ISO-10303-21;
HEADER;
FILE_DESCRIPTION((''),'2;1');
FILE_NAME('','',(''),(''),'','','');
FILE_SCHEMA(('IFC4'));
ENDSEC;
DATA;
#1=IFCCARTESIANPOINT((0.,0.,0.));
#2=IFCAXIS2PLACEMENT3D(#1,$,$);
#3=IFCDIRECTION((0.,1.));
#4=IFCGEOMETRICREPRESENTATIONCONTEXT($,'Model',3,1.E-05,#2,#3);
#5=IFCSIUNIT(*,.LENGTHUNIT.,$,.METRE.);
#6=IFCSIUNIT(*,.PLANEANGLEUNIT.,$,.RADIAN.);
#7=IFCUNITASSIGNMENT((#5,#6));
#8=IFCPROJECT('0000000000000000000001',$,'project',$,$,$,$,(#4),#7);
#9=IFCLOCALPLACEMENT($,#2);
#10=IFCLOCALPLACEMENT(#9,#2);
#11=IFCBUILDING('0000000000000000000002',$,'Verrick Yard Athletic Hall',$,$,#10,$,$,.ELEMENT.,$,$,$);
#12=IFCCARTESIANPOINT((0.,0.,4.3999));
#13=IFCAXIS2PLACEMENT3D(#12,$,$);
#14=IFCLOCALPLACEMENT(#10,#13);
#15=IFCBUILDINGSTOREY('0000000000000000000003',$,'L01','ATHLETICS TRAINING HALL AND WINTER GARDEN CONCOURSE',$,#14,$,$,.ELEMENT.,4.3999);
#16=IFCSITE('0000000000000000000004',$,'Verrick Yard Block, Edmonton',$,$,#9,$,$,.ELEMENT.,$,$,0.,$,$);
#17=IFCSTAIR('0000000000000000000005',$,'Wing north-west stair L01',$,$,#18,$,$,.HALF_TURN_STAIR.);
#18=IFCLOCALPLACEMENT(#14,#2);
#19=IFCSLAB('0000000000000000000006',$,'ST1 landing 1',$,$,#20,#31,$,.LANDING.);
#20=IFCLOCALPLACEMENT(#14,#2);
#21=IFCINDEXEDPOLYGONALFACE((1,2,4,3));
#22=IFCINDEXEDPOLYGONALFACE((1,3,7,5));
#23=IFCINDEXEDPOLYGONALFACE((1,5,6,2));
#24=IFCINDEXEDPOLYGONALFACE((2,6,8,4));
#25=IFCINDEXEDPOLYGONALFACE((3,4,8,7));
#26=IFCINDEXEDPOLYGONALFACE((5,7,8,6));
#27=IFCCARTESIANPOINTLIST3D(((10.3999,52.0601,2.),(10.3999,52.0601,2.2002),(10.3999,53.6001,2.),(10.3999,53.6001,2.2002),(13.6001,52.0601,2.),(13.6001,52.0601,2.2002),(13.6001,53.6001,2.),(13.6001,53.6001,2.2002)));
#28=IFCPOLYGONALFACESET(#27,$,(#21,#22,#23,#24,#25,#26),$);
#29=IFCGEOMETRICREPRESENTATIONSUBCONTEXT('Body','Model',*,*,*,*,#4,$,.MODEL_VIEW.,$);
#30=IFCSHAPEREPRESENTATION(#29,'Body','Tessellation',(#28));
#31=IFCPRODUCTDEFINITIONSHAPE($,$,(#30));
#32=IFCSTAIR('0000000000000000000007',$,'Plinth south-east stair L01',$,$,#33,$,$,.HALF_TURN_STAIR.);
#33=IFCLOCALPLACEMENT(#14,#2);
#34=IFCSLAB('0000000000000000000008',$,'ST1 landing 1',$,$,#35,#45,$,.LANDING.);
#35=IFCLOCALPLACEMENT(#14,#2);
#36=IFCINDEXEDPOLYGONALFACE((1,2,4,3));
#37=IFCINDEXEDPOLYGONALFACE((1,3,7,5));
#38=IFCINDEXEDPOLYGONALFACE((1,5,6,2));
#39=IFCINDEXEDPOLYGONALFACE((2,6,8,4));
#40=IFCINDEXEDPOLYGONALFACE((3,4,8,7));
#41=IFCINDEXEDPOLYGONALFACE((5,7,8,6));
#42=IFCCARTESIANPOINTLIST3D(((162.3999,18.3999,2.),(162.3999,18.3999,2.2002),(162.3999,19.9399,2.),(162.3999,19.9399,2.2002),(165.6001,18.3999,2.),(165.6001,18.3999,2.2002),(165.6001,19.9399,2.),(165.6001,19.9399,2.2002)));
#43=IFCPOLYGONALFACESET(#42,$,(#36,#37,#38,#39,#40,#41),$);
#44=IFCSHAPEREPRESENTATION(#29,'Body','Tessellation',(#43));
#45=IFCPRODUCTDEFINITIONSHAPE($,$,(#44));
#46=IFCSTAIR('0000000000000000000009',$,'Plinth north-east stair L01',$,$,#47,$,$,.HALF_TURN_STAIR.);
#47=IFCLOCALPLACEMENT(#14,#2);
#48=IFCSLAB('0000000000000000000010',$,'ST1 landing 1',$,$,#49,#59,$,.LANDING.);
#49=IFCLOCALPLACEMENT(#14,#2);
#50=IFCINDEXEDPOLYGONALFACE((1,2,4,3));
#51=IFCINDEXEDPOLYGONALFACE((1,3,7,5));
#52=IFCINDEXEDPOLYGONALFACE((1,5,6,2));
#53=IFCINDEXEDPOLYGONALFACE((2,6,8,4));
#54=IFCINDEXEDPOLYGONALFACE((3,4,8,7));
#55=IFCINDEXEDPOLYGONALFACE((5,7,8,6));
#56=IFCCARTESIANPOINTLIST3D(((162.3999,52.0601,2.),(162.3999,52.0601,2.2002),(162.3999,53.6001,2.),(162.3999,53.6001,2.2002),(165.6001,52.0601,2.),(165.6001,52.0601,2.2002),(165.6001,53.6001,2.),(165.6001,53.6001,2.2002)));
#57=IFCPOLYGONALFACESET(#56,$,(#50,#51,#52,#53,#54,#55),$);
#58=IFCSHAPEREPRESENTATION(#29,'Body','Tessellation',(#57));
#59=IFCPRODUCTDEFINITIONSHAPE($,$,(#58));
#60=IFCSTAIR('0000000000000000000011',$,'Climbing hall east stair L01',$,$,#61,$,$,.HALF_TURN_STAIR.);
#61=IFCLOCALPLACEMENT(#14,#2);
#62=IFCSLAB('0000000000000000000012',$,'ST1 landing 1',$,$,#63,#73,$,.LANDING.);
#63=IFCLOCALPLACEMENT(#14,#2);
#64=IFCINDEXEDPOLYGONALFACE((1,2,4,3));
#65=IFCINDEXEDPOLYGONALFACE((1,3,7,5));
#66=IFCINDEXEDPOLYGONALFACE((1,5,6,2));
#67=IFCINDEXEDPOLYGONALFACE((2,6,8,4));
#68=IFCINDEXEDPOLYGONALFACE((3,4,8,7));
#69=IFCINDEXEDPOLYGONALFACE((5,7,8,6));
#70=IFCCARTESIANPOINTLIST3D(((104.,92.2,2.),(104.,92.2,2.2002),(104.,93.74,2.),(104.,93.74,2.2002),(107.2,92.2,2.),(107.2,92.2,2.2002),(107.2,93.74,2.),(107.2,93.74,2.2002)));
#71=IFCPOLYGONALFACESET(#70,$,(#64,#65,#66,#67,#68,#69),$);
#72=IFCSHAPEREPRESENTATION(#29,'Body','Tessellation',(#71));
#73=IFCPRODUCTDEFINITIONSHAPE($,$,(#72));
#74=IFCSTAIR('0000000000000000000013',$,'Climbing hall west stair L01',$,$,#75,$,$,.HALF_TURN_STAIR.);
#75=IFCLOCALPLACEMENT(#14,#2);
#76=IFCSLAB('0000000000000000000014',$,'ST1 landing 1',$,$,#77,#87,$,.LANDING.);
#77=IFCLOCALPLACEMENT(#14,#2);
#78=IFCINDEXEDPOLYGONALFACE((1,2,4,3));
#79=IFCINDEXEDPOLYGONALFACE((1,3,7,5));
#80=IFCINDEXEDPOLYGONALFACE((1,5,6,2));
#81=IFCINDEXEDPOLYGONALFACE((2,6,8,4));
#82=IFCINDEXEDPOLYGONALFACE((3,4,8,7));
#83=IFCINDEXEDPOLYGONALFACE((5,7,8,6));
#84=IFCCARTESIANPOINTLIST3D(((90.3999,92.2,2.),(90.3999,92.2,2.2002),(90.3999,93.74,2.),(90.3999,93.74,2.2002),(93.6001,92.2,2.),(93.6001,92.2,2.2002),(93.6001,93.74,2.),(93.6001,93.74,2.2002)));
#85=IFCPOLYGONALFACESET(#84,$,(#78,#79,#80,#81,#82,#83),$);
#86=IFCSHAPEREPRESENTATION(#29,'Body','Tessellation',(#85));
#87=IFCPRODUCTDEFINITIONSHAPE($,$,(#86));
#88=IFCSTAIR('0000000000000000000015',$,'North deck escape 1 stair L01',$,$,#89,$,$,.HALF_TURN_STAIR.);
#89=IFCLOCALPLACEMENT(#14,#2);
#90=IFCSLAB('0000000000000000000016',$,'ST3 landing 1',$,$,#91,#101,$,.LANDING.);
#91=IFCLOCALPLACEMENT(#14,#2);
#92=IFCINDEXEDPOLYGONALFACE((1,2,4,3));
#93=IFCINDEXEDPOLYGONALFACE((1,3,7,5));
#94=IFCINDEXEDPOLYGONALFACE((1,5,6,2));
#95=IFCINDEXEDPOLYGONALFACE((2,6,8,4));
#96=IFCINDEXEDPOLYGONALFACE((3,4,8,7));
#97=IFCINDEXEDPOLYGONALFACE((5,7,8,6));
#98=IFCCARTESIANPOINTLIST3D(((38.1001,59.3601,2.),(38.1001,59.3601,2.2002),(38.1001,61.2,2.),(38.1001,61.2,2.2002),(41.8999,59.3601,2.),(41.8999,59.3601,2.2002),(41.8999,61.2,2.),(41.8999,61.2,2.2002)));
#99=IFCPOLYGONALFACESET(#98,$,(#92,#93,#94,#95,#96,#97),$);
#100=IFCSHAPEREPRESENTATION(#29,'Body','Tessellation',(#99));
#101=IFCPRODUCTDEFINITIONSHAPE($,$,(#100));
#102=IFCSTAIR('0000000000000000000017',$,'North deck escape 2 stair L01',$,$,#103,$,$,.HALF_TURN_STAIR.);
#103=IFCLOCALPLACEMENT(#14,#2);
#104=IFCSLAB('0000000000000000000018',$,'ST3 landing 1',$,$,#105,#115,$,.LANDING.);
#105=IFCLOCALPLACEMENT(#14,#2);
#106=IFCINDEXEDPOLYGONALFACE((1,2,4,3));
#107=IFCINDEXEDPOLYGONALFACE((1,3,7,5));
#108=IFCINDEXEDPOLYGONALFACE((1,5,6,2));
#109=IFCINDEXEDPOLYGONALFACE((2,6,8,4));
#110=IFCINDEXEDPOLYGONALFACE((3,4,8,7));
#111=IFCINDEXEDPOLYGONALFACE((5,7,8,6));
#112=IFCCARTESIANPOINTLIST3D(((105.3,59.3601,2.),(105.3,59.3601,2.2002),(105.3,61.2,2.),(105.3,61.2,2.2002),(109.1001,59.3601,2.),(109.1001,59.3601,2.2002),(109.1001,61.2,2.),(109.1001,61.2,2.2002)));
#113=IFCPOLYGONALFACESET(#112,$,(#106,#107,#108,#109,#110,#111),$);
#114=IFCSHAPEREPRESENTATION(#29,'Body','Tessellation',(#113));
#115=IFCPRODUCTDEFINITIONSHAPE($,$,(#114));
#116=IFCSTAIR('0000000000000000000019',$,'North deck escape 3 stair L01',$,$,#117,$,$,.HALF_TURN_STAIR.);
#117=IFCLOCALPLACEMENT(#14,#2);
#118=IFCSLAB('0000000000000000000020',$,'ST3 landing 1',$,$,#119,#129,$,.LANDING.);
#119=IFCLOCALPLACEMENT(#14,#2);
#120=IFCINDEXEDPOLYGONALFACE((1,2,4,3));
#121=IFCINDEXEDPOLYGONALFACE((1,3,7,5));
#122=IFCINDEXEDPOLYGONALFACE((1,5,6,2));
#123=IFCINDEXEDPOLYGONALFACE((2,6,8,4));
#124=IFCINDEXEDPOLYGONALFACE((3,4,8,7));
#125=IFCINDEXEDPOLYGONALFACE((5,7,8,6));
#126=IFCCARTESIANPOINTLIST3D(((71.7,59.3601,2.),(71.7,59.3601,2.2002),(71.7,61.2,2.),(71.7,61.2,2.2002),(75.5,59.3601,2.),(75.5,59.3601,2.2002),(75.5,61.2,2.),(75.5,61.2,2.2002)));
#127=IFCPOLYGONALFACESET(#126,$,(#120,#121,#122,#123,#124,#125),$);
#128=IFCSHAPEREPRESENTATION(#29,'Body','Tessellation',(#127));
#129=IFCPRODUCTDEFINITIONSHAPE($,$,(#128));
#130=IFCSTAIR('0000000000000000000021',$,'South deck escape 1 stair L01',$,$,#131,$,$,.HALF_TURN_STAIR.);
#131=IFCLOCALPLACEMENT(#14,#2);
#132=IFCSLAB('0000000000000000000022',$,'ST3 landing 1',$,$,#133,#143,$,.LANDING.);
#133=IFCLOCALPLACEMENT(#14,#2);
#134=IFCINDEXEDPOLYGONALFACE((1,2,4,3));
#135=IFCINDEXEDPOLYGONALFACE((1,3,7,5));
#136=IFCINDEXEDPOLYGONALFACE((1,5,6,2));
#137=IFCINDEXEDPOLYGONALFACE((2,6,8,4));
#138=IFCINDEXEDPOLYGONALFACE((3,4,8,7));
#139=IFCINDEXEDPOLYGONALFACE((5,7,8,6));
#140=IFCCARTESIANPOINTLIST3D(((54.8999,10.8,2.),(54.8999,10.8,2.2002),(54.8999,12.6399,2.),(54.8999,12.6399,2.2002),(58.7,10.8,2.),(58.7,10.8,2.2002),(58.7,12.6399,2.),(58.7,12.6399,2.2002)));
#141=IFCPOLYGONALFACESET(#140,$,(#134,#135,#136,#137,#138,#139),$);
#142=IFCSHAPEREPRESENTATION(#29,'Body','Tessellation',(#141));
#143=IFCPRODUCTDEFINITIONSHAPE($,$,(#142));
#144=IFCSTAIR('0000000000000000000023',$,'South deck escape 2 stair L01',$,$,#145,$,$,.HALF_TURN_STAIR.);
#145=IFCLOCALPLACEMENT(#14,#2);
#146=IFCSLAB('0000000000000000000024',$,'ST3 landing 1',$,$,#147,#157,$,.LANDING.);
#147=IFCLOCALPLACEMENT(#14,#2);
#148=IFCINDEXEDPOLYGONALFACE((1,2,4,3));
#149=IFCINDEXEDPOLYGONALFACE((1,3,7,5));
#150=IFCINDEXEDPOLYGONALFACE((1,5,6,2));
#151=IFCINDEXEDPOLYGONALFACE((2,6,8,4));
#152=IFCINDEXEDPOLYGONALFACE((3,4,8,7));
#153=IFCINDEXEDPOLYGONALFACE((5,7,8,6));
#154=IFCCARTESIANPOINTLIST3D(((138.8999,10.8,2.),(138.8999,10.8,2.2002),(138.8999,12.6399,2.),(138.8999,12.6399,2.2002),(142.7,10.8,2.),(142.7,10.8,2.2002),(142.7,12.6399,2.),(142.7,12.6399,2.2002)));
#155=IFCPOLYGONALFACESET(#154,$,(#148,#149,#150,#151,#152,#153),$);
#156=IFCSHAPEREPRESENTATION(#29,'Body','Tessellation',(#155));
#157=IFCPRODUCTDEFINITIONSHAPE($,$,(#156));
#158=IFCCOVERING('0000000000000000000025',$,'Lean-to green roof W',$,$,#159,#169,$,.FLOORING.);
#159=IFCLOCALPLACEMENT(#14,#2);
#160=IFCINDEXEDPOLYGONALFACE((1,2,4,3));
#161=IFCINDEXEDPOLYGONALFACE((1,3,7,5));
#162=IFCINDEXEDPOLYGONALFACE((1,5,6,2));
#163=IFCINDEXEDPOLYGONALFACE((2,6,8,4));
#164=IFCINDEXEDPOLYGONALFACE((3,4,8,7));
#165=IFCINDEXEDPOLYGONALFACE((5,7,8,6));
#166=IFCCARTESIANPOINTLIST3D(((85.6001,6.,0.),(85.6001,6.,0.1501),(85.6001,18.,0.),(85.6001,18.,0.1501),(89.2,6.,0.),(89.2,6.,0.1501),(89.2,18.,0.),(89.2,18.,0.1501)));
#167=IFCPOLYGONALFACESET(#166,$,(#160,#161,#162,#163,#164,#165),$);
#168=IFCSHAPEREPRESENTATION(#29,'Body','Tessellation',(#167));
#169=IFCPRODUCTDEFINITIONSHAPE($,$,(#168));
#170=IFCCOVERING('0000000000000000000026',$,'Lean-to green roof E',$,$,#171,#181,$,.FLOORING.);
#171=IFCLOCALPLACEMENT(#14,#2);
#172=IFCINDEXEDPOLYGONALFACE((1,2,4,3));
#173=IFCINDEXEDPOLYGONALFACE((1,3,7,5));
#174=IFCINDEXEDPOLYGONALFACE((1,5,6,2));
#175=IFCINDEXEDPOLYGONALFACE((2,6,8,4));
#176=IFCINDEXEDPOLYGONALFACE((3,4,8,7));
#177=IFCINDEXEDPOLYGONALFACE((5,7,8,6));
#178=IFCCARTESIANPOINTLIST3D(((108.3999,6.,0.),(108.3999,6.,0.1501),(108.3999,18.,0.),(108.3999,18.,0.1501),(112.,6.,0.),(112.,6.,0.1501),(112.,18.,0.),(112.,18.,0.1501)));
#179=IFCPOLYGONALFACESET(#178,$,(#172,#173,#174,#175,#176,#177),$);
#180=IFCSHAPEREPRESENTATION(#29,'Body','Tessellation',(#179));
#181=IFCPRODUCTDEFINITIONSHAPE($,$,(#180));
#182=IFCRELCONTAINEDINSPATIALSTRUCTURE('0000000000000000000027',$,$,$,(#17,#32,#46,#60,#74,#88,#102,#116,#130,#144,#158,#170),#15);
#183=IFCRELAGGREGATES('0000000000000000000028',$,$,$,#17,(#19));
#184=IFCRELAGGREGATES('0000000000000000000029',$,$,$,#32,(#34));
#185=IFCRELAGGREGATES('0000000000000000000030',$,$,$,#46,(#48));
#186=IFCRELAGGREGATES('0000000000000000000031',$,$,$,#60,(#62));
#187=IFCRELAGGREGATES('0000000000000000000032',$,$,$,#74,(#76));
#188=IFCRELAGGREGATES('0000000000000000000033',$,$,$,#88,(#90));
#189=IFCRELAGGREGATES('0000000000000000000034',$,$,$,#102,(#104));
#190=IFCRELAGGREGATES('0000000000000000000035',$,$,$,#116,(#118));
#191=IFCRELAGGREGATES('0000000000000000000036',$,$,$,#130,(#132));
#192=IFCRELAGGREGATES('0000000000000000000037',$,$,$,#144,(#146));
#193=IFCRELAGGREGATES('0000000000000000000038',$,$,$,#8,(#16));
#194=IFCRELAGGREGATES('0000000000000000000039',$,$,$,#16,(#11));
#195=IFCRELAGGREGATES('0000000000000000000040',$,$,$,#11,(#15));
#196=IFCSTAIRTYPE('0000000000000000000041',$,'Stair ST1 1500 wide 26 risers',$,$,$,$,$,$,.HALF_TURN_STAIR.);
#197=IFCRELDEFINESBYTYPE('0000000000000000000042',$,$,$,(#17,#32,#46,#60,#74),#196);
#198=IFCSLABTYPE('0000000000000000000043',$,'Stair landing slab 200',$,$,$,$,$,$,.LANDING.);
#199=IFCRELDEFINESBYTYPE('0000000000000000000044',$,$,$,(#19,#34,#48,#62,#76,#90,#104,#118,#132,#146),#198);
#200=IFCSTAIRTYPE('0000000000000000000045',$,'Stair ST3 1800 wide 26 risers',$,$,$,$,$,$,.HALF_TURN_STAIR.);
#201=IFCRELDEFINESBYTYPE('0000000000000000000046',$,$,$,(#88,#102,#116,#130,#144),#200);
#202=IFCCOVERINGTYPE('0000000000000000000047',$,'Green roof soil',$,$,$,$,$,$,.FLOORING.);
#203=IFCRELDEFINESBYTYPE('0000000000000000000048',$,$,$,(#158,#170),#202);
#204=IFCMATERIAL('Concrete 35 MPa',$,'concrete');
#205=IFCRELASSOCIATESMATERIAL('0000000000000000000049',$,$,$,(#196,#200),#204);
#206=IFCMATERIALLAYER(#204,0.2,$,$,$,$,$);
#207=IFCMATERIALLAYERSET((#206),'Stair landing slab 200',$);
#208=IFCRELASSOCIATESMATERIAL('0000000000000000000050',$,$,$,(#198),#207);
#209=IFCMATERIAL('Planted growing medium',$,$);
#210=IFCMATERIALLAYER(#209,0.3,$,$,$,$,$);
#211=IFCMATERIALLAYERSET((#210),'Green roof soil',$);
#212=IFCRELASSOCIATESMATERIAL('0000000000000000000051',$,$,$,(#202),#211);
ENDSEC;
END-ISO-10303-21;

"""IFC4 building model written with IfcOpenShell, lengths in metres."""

from ifc_helpers import new_model, si_unit, direction, frame, origin, place, context, subcontext, project, spatial, polyline, outline, extrude, material, layer, layer_set, type_object, element, aggregate, save


model = new_model("IFC4")

# Units and contexts
model_context = context("Model", 3, precision=1e-05, world=origin(), true_north=direction((0.0, 1.0)))
body_context = subcontext(model_context, "Body", "Model", "MODEL_VIEW")
ifc_project = project(units=[si_unit("LENGTHUNIT", "METRE"), si_unit("PLANEANGLEUNIT", "RADIAN")], contexts=[model_context])

# Site, building, storey
site_placement = place(None, origin())
site = spatial("IfcSite", under=ifc_project, at=site_placement, Name="Verrick Yard Block, Edmonton", CompositionType="ELEMENT", RefElevation=0.0)
building_placement = place(site_placement, origin())
building = spatial("IfcBuilding", under=site, at=building_placement, Name="Verrick Yard Athletic Hall", CompositionType="ELEMENT")
storey_placement = place(building_placement, frame((0.0, 0.0, 4.3999)))
storey = spatial("IfcBuildingStorey", under=building, at=storey_placement, Name="L01", Description="ATHLETICS TRAINING HALL AND WINTER GARDEN CONCOURSE", CompositionType="ELEMENT", Elevation=4.3999)

# Shared definitions
ifc_material_1 = material(Name="Concrete 35 MPa", Category="concrete")

# Stairs, slabs
stair_type_1 = type_object("IfcStairType", Name="Stair ST1 1500 wide 26 risers", PredefinedType="HALF_TURN_STAIR", material=ifc_material_1)
ifc_layer_1 = layer(ifc_material_1, 0.2)
ifc_layer_set_1 = layer_set([ifc_layer_1], Name="Stair landing slab 200")
slab_type_1 = type_object("IfcSlabType", Name="Stair landing slab 200", PredefinedType="LANDING", material=ifc_layer_set_1)
stair_1_placement = place(storey_placement, origin())
stair_1 = element("IfcStair", 1, at=stair_1_placement, inside=storey, type_object=stair_type_1, Name="Wing north-west stair L01", PredefinedType="HALF_TURN_STAIR")
slab_1_placement = place(storey_placement, frame((0.0, 0.0, 2.0)))
slab_1 = element("IfcSlab", 2, at=slab_1_placement, type_object=slab_type_1, Name="ST1 landing 1", PredefinedType="LANDING", context=body_context, shape_type="SweptSolid", body=[
    extrude(outline(polyline([(13.6001, 52.0601), (13.6001, 53.6001), (10.3999, 53.6001), (10.3999, 52.0601), (13.6001, 52.0601)])), origin(), (0.0, 0.0, 1.0), 0.2002),
])
aggregate(stair_1, [slab_1])
stair_2_placement = place(storey_placement, origin())
stair_2 = element("IfcStair", 3, at=stair_2_placement, inside=storey, type_object=stair_type_1, Name="Plinth south-east stair L01", PredefinedType="HALF_TURN_STAIR")
slab_2_placement = place(storey_placement, frame((0.0, 0.0, 2.0)))
slab_2 = element("IfcSlab", 4, at=slab_2_placement, type_object=slab_type_1, Name="ST1 landing 1", PredefinedType="LANDING", context=body_context, shape_type="SweptSolid", body=[
    extrude(outline(polyline([(162.3999, 19.9399), (162.3999, 18.3999), (165.6001, 18.3999), (165.6001, 19.9399), (162.3999, 19.9399)])), origin(), (0.0, 0.0, 1.0), 0.2002),
])
aggregate(stair_2, [slab_2])
stair_3_placement = place(storey_placement, origin())
stair_3 = element("IfcStair", 5, at=stair_3_placement, inside=storey, type_object=stair_type_1, Name="Plinth north-east stair L01", PredefinedType="HALF_TURN_STAIR")
slab_3_placement = place(storey_placement, frame((0.0, 0.0, 2.0)))
slab_3 = element("IfcSlab", 6, at=slab_3_placement, type_object=slab_type_1, Name="ST1 landing 1", PredefinedType="LANDING", context=body_context, shape_type="SweptSolid", body=[
    extrude(outline(polyline([(165.6001, 52.0601), (165.6001, 53.6001), (162.3999, 53.6001), (162.3999, 52.0601), (165.6001, 52.0601)])), origin(), (0.0, 0.0, 1.0), 0.2002),
])
aggregate(stair_3, [slab_3])
stair_4_placement = place(storey_placement, origin())
stair_4 = element("IfcStair", 7, at=stair_4_placement, inside=storey, type_object=stair_type_1, Name="Climbing hall east stair L01", PredefinedType="HALF_TURN_STAIR")
slab_4_placement = place(storey_placement, frame((0.0, 0.0, 2.0)))
slab_4 = element("IfcSlab", 8, at=slab_4_placement, type_object=slab_type_1, Name="ST1 landing 1", PredefinedType="LANDING", context=body_context, shape_type="SweptSolid", body=[
    extrude(outline(polyline([(104.0, 93.74), (104.0, 92.2), (107.2, 92.2), (107.2, 93.74), (104.0, 93.74)])), origin(), (0.0, 0.0, 1.0), 0.2002),
])
aggregate(stair_4, [slab_4])
stair_5_placement = place(storey_placement, origin())
stair_5 = element("IfcStair", 9, at=stair_5_placement, inside=storey, type_object=stair_type_1, Name="Climbing hall west stair L01", PredefinedType="HALF_TURN_STAIR")
slab_5_placement = place(storey_placement, frame((0.0, 0.0, 2.0)))
slab_5 = element("IfcSlab", 10, at=slab_5_placement, type_object=slab_type_1, Name="ST1 landing 1", PredefinedType="LANDING", context=body_context, shape_type="SweptSolid", body=[
    extrude(outline(polyline([(90.3999, 93.74), (90.3999, 92.2), (93.6001, 92.2), (93.6001, 93.74), (90.3999, 93.74)])), origin(), (0.0, 0.0, 1.0), 0.2002),
])
aggregate(stair_5, [slab_5])
stair_type_2 = type_object("IfcStairType", Name="Stair ST3 1800 wide 26 risers", PredefinedType="HALF_TURN_STAIR", material=ifc_material_1)
stair_6_placement = place(storey_placement, origin())
stair_6 = element("IfcStair", 11, at=stair_6_placement, inside=storey, type_object=stair_type_2, Name="North deck escape 1 stair L01", PredefinedType="HALF_TURN_STAIR")
slab_6_placement = place(storey_placement, frame((0.0, 0.0, 2.0)))
slab_6 = element("IfcSlab", 12, at=slab_6_placement, type_object=slab_type_1, Name="ST3 landing 1", PredefinedType="LANDING", context=body_context, shape_type="SweptSolid", body=[
    extrude(outline(polyline([(41.8999, 59.3601), (41.8999, 61.2), (38.1001, 61.2), (38.1001, 59.3601), (41.8999, 59.3601)])), origin(), (0.0, 0.0, 1.0), 0.2002),
])
aggregate(stair_6, [slab_6])
stair_7_placement = place(storey_placement, origin())
stair_7 = element("IfcStair", 13, at=stair_7_placement, inside=storey, type_object=stair_type_2, Name="North deck escape 2 stair L01", PredefinedType="HALF_TURN_STAIR")
slab_7_placement = place(storey_placement, frame((0.0, 0.0, 2.0)))
slab_7 = element("IfcSlab", 14, at=slab_7_placement, type_object=slab_type_1, Name="ST3 landing 1", PredefinedType="LANDING", context=body_context, shape_type="SweptSolid", body=[
    extrude(outline(polyline([(109.1001, 59.3601), (109.1001, 61.2), (105.3, 61.2), (105.3, 59.3601), (109.1001, 59.3601)])), origin(), (0.0, 0.0, 1.0), 0.2002),
])
aggregate(stair_7, [slab_7])
stair_8_placement = place(storey_placement, origin())
stair_8 = element("IfcStair", 15, at=stair_8_placement, inside=storey, type_object=stair_type_2, Name="North deck escape 3 stair L01", PredefinedType="HALF_TURN_STAIR")
slab_8_placement = place(storey_placement, frame((0.0, 0.0, 2.0)))
slab_8 = element("IfcSlab", 16, at=slab_8_placement, type_object=slab_type_1, Name="ST3 landing 1", PredefinedType="LANDING", context=body_context, shape_type="SweptSolid", body=[
    extrude(outline(polyline([(75.5, 59.3601), (75.5, 61.2), (71.7, 61.2), (71.7, 59.3601), (75.5, 59.3601)])), origin(), (0.0, 0.0, 1.0), 0.2002),
])
aggregate(stair_8, [slab_8])
stair_9_placement = place(storey_placement, origin())
stair_9 = element("IfcStair", 17, at=stair_9_placement, inside=storey, type_object=stair_type_2, Name="South deck escape 1 stair L01", PredefinedType="HALF_TURN_STAIR")
slab_9_placement = place(storey_placement, frame((0.0, 0.0, 2.0)))
slab_9 = element("IfcSlab", 18, at=slab_9_placement, type_object=slab_type_1, Name="ST3 landing 1", PredefinedType="LANDING", context=body_context, shape_type="SweptSolid", body=[
    extrude(outline(polyline([(54.8999, 12.6399), (54.8999, 10.8), (58.7, 10.8), (58.7, 12.6399), (54.8999, 12.6399)])), origin(), (0.0, 0.0, 1.0), 0.2002),
])
aggregate(stair_9, [slab_9])
stair_10_placement = place(storey_placement, origin())
stair_10 = element("IfcStair", 19, at=stair_10_placement, inside=storey, type_object=stair_type_2, Name="South deck escape 2 stair L01", PredefinedType="HALF_TURN_STAIR")
slab_10_placement = place(storey_placement, frame((0.0, 0.0, 2.0)))
slab_10 = element("IfcSlab", 20, at=slab_10_placement, type_object=slab_type_1, Name="ST3 landing 1", PredefinedType="LANDING", context=body_context, shape_type="SweptSolid", body=[
    extrude(outline(polyline([(138.8999, 12.6399), (138.8999, 10.8), (142.7, 10.8), (142.7, 12.6399), (138.8999, 12.6399)])), origin(), (0.0, 0.0, 1.0), 0.2002),
])
aggregate(stair_10, [slab_10])

# Coverings
ifc_material_2 = material(Name="Planted growing medium")
ifc_layer_2 = layer(ifc_material_2, 0.3)
ifc_layer_set_2 = layer_set([ifc_layer_2], Name="Green roof soil")
covering_type = type_object("IfcCoveringType", Name="Green roof soil", PredefinedType="FLOORING", material=ifc_layer_set_2)
covering_1_placement = place(storey_placement, origin())
element("IfcCovering", 21, at=covering_1_placement, inside=storey, type_object=covering_type, Name="Lean-to green roof W", PredefinedType="FLOORING", context=body_context, shape_type="SweptSolid", body=[
    extrude(outline(polyline([(85.6001, 6.0), (89.2, 6.0), (89.2, 18.0), (85.6001, 18.0), (85.6001, 6.0)])), origin(), (0.0, 0.0, 1.0), 0.1501),
])
covering_2_placement = place(storey_placement, origin())
element("IfcCovering", 22, at=covering_2_placement, inside=storey, type_object=covering_type, Name="Lean-to green roof E", PredefinedType="FLOORING", context=body_context, shape_type="SweptSolid", body=[
    extrude(outline(polyline([(108.3999, 6.0), (112.0, 6.0), (112.0, 18.0), (108.3999, 18.0), (108.3999, 6.0)])), origin(), (0.0, 0.0, 1.0), 0.1501),
])

save(model, "model.ifc")
